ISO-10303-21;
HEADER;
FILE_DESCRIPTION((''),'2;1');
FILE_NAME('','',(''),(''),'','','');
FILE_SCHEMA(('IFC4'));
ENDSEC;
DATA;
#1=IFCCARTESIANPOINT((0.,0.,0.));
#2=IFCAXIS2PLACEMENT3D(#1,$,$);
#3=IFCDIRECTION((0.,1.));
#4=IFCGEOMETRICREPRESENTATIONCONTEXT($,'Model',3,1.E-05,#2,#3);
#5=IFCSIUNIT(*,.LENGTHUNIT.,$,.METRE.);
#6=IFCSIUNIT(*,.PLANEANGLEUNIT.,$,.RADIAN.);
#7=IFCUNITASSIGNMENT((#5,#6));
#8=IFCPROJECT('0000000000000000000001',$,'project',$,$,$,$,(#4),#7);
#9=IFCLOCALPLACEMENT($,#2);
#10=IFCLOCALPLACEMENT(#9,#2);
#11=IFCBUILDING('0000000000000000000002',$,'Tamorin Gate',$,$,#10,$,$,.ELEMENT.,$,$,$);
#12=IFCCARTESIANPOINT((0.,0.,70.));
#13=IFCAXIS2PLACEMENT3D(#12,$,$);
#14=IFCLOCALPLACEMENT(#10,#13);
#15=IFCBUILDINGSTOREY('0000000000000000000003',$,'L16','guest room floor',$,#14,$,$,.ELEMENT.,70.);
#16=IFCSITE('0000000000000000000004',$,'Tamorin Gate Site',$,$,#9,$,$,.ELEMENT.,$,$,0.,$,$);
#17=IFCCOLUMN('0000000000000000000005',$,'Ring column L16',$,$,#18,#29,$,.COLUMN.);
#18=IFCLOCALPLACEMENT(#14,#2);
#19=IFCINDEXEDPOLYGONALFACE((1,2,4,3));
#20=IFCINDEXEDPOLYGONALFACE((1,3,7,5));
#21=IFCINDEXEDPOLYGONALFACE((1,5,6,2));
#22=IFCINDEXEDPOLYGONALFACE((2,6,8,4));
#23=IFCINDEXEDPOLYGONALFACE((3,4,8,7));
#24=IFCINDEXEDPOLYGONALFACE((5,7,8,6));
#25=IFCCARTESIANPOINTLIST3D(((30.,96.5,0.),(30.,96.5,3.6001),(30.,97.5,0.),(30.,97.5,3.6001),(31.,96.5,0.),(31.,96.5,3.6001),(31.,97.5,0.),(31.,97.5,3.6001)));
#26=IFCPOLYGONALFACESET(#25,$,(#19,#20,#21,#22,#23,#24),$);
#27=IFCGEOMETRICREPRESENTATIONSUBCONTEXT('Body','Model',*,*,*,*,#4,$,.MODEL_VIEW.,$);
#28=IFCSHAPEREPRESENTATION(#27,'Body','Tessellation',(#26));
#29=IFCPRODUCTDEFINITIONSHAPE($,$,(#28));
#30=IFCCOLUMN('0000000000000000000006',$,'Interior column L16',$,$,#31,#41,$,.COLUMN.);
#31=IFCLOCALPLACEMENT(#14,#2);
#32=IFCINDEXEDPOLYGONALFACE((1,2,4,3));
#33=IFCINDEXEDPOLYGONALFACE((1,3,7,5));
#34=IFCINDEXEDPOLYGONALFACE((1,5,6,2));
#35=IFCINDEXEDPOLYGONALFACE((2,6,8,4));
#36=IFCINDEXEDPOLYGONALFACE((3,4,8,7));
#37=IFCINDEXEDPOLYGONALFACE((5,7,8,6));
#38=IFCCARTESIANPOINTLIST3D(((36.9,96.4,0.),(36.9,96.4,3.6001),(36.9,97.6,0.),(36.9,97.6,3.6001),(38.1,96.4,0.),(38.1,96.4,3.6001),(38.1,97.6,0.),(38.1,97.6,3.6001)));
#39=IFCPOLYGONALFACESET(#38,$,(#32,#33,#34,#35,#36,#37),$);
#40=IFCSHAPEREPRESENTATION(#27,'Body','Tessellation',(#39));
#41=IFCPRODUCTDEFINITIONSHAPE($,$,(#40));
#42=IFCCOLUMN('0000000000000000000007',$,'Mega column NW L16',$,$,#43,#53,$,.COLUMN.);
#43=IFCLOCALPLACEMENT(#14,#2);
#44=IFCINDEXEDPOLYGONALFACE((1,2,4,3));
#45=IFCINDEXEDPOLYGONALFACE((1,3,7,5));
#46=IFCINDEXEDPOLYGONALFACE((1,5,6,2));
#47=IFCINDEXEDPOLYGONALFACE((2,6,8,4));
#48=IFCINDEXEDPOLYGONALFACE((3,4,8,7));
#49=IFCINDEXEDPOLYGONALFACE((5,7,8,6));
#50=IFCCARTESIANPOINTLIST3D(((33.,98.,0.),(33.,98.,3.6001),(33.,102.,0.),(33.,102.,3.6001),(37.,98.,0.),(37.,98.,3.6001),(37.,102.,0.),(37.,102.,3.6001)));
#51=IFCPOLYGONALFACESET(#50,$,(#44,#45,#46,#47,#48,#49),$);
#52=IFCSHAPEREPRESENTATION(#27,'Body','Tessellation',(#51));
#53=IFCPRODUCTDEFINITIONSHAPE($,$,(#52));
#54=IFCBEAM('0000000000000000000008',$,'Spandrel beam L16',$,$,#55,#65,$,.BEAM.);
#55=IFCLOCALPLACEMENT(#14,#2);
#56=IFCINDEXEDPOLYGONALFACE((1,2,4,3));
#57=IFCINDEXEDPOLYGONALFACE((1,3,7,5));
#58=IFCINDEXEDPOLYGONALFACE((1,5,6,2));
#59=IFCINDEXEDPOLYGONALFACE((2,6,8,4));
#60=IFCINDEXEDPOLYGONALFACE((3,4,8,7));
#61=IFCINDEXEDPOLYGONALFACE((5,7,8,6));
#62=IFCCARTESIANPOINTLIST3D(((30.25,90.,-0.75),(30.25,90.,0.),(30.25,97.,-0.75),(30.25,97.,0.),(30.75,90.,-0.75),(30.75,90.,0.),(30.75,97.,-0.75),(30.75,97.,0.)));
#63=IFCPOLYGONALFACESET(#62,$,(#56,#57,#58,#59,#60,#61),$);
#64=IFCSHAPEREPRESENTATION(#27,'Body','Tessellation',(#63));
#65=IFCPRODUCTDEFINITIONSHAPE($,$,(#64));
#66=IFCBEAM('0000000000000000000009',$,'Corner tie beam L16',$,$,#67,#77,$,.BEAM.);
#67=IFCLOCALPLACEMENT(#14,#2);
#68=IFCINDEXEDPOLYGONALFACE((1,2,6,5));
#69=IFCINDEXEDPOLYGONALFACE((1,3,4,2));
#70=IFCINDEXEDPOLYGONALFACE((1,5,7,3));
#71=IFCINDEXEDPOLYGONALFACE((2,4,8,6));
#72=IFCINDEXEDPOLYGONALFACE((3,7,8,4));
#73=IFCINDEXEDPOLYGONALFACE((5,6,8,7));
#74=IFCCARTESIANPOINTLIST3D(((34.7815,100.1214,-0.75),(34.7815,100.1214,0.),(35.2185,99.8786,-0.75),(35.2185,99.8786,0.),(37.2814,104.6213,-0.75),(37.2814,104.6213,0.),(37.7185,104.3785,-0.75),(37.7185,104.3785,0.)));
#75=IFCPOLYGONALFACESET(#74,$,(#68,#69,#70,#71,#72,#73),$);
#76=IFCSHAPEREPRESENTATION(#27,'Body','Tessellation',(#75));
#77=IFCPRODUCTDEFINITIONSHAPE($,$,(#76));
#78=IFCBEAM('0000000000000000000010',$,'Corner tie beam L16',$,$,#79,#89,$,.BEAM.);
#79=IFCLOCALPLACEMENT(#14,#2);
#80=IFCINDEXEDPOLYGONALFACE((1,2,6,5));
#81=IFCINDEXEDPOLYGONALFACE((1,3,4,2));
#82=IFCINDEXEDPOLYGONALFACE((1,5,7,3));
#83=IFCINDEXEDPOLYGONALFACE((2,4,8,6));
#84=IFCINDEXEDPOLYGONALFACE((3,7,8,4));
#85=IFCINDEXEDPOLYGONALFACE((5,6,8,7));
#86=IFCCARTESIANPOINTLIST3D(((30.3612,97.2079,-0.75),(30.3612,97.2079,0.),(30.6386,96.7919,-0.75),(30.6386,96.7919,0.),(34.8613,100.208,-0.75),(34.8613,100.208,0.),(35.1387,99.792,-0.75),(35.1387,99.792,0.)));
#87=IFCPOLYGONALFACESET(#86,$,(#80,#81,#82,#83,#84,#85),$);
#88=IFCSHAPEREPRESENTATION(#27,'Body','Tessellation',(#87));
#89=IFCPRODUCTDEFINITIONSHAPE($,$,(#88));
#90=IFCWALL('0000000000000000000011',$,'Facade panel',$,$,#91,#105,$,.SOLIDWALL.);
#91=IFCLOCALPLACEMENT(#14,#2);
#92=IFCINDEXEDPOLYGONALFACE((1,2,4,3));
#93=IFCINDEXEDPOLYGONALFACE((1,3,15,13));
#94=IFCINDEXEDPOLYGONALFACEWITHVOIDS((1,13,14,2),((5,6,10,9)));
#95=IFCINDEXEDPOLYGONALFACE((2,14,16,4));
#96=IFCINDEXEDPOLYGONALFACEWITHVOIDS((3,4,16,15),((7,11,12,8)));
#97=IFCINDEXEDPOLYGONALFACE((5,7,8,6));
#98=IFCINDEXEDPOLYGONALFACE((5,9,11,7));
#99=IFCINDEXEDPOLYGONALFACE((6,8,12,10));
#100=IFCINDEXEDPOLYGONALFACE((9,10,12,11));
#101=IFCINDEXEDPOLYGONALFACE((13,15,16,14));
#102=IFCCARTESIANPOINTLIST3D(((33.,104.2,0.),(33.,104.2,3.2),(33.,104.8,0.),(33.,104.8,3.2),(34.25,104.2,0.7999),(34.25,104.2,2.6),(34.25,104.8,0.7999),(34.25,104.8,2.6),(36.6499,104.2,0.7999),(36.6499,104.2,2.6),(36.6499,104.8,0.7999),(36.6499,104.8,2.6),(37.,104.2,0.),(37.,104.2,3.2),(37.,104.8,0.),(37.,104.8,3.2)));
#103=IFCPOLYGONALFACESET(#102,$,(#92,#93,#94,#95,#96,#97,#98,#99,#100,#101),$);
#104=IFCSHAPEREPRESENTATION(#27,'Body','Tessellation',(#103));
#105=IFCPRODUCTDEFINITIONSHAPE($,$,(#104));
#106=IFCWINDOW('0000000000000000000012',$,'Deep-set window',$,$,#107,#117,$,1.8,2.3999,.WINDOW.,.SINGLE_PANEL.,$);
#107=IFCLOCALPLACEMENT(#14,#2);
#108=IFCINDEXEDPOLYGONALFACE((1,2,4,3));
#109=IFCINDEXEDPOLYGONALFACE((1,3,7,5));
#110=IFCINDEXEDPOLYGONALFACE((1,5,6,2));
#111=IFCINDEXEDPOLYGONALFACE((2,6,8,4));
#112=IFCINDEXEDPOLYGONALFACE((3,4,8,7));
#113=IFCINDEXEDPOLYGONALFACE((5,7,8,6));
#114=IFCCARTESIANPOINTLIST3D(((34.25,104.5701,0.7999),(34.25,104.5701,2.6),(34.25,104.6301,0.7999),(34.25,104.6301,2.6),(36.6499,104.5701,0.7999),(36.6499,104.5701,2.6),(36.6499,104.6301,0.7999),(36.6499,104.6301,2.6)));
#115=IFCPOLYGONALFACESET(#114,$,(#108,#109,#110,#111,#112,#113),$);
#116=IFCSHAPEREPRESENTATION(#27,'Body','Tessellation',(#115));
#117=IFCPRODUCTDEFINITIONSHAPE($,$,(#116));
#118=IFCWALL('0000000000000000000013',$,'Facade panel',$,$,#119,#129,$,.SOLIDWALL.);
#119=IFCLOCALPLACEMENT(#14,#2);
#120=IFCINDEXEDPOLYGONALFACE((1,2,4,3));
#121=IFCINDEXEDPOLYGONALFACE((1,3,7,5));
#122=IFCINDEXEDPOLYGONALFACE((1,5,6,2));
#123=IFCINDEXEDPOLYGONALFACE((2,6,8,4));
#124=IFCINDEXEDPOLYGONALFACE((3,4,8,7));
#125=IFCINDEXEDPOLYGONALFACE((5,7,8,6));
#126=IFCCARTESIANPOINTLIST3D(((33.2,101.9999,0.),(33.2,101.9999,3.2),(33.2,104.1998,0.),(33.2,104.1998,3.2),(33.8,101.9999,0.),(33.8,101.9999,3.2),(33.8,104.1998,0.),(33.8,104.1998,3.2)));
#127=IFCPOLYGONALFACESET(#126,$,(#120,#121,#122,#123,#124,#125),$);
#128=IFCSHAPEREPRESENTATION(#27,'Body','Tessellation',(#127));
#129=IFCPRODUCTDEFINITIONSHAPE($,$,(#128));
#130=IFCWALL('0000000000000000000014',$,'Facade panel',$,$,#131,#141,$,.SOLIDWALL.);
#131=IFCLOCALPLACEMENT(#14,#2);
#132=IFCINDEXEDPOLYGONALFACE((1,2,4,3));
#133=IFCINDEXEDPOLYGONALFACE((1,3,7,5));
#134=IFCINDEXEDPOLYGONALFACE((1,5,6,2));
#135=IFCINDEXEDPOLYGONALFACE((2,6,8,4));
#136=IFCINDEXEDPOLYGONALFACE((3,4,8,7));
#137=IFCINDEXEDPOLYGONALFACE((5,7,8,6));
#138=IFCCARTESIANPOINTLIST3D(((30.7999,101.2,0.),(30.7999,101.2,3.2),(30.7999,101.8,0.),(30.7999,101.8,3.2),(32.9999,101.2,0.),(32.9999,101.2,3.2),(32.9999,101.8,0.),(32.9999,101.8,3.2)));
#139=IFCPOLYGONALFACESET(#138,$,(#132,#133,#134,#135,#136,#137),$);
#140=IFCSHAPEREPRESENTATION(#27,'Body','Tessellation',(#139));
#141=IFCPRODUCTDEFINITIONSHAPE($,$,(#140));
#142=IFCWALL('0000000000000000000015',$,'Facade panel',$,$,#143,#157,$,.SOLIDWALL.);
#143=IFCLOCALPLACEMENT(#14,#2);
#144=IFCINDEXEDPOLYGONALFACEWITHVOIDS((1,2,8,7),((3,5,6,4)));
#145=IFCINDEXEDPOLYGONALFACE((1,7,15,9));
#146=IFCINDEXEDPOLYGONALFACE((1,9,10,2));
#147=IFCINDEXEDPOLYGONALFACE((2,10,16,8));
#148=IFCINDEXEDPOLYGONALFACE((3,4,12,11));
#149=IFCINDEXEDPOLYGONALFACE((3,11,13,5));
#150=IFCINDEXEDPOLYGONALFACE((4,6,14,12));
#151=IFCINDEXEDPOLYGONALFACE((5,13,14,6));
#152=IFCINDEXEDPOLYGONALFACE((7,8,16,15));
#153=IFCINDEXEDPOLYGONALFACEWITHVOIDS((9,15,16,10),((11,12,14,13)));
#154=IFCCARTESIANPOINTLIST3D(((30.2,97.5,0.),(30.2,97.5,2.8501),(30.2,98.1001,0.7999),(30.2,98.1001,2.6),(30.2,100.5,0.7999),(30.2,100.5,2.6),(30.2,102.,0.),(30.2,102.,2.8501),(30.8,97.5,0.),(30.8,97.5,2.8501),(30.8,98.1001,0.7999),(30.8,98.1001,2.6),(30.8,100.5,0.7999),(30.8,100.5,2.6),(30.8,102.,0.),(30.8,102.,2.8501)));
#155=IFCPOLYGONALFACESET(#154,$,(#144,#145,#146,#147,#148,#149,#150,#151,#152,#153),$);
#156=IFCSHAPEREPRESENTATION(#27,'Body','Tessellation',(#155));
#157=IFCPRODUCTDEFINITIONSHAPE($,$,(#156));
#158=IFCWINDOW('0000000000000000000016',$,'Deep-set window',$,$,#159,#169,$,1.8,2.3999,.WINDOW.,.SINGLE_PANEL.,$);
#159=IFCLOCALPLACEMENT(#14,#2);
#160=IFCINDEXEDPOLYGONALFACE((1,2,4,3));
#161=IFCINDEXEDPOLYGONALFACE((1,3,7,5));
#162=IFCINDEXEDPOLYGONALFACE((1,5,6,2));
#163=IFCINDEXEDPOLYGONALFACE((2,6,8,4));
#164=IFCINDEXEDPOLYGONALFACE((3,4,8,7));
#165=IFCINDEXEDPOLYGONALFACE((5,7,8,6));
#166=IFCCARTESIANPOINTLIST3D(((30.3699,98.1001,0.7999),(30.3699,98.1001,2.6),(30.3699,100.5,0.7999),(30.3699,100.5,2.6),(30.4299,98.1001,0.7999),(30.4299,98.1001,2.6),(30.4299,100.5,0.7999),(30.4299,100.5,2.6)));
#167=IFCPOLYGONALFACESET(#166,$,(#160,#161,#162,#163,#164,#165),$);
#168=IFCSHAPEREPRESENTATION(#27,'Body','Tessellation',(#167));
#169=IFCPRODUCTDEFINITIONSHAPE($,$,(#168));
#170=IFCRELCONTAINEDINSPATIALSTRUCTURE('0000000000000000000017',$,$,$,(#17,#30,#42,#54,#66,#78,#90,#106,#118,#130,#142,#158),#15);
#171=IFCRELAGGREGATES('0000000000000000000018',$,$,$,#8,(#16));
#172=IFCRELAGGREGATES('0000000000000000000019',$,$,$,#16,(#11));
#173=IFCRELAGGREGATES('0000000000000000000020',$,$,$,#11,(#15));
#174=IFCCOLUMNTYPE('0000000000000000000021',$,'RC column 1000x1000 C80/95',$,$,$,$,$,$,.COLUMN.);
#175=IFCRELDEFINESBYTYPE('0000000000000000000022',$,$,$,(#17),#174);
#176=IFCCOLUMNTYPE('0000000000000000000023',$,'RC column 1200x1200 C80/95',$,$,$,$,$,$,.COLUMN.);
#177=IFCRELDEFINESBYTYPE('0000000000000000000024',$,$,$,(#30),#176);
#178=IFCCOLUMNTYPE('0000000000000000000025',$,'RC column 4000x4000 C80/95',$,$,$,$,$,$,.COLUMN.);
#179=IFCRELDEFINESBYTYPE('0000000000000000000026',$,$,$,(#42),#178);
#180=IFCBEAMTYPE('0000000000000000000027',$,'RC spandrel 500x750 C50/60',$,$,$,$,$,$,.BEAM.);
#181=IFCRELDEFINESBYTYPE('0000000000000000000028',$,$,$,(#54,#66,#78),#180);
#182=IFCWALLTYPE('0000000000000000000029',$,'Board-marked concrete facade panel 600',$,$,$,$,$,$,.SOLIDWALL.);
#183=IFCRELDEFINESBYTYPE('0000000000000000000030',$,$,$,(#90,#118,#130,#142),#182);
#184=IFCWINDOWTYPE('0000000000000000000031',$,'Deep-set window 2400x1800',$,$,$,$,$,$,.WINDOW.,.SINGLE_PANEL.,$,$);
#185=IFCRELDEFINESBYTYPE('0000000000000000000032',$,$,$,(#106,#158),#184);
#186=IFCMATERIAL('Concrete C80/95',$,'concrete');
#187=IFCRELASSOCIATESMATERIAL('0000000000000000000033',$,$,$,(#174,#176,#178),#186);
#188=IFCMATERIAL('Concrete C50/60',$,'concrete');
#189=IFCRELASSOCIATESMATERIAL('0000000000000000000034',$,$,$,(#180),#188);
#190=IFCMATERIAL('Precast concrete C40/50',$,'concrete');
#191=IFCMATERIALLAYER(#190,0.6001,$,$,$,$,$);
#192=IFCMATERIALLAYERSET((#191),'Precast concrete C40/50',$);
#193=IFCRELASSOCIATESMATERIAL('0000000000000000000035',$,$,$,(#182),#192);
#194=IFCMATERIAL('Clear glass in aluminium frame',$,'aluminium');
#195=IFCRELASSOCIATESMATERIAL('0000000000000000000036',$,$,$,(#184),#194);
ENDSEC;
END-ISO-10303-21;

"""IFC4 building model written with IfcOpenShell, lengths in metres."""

from ifc_helpers import new_model, si_unit, direction, frame, frame_2d, origin, origin_2d, place, context, subcontext, project, spatial, rectangle, extrude, material, layer, layer_set, material_profile, profile_set, type_object, element, fill, save


model = new_model("IFC4")

# Units and contexts
model_context = context("Model", 3, precision=1e-05, world=origin(), true_north=direction((0.0, 1.0)))
body_context = subcontext(model_context, "Body", "Model", "MODEL_VIEW")
ifc_project = project(units=[si_unit("LENGTHUNIT", "METRE"), si_unit("PLANEANGLEUNIT", "RADIAN")], contexts=[model_context])

# Site, building, storey
site_placement = place(None, origin())
site = spatial("IfcSite", under=ifc_project, at=site_placement, Name="Tamorin Gate Site", CompositionType="ELEMENT", RefElevation=0.0)
building_placement = place(site_placement, origin())
building = spatial("IfcBuilding", under=site, at=building_placement, Name="Tamorin Gate", CompositionType="ELEMENT")
storey_placement = place(building_placement, frame((0.0, 0.0, 70.0)))
storey = spatial("IfcBuildingStorey", under=building, at=storey_placement, Name="L16", Description="guest room floor", CompositionType="ELEMENT", Elevation=70.0)

# Columns
ifc_material_1 = material(Name="Concrete C80/95", Category="concrete")
ifc_material_profile_1 = material_profile(ifc_material_1, rectangle(XDim=1.0, YDim=1.0, at=origin_2d()), Name="RC 1000x1000")
ifc_profile_set_1 = profile_set([ifc_material_profile_1], Name="Concrete C80/95")
column_type_1 = type_object("IfcColumnType", Name="RC column 1000x1000 C80/95", PredefinedType="COLUMN", material=ifc_profile_set_1)
column_1_placement = place(storey_placement, frame((30.5, 97.0, 0.0), z_axis=(0.0, 0.0, 1.0), x_axis=(1.0, 0.0, 0.0)))
element("IfcColumn", 1, at=column_1_placement, inside=storey, type_object=column_type_1, Name="Ring column L16", PredefinedType="COLUMN", context=body_context, shape_type="SweptSolid", body=[
    extrude(rectangle(XDim=1.0, YDim=1.0, at=origin_2d()), origin(), (0.0, 0.0, 1.0), 3.6001),
])
ifc_material_profile_2 = material_profile(ifc_material_1, rectangle(XDim=1.2, YDim=1.2, at=origin_2d()), Name="RC 1200x1200")
ifc_profile_set_2 = profile_set([ifc_material_profile_2], Name="Concrete C80/95")
column_type_2 = type_object("IfcColumnType", Name="RC column 1200x1200 C80/95", PredefinedType="COLUMN", material=ifc_profile_set_2)
column_2_placement = place(storey_placement, frame((37.5, 97.0, 0.0), z_axis=(0.0, 0.0, 1.0), x_axis=(1.0, 0.0, 0.0)))
element("IfcColumn", 2, at=column_2_placement, inside=storey, type_object=column_type_2, Name="Interior column L16", PredefinedType="COLUMN", context=body_context, shape_type="SweptSolid", body=[
    extrude(rectangle(XDim=1.2, YDim=1.2, at=origin_2d()), origin(), (0.0, 0.0, 1.0), 3.6001),
])
ifc_material_profile_3 = material_profile(ifc_material_1, rectangle(XDim=4.0, YDim=4.0, at=origin_2d()), Name="RC 4000x4000")
ifc_profile_set_3 = profile_set([ifc_material_profile_3], Name="Concrete C80/95")
column_type_3 = type_object("IfcColumnType", Name="RC column 4000x4000 C80/95", PredefinedType="COLUMN", material=ifc_profile_set_3)
column_3_placement = place(storey_placement, frame((35.0, 100.0, 0.0), z_axis=(0.0, 0.0, 1.0), x_axis=(1.0, 0.0, 0.0)))
element("IfcColumn", 3, at=column_3_placement, inside=storey, type_object=column_type_3, Name="Mega column NW L16", PredefinedType="COLUMN", context=body_context, shape_type="SweptSolid", body=[
    extrude(rectangle(XDim=4.0, YDim=4.0, at=origin_2d()), origin(), (0.0, 0.0, 1.0), 3.6001),
])

# Beams
ifc_material_2 = material(Name="Concrete C50/60", Category="concrete")
ifc_material_profile_4 = material_profile(ifc_material_2, rectangle(XDim=0.5, YDim=0.75, at=origin_2d()), Name="RC 500x750")
ifc_profile_set_4 = profile_set([ifc_material_profile_4], Name="Concrete C50/60")
beam_type = type_object("IfcBeamType", Name="RC spandrel 500x750 C50/60", PredefinedType="BEAM", material=ifc_profile_set_4)
beam_1_placement = place(storey_placement, frame((30.5, 97.0, -0.375), z_axis=(0.0, -1.0, 0.0), x_axis=(1.0, 0.0, 0.0)))
element("IfcBeam", 4, at=beam_1_placement, inside=storey, type_object=beam_type, Name="Spandrel beam L16", PredefinedType="BEAM", context=body_context, shape_type="SweptSolid", body=[
    extrude(rectangle(XDim=0.5, YDim=0.75, at=origin_2d()), origin(), (0.0, 0.0, 1.0), 7.0),
])
beam_2_placement = place(storey_placement, frame((35.0, 100.0, -0.375), z_axis=(0.485643, 0.874157, 0.0), x_axis=(-0.874157, 0.485643, 0.0)))
element("IfcBeam", 5, at=beam_2_placement, inside=storey, type_object=beam_type, Name="Corner tie beam L16", PredefinedType="BEAM", context=body_context, shape_type="SweptSolid", body=[
    extrude(rectangle(XDim=0.5, YDim=0.75, at=origin_2d()), origin(), (0.0, 0.0, 1.0), 5.1477),
])
beam_3_placement = place(storey_placement, frame((35.0, 100.0, -0.375), z_axis=(-0.83205, -0.5547, 0.0), x_axis=(0.5547, -0.83205, 0.0)))
element("IfcBeam", 6, at=beam_3_placement, inside=storey, type_object=beam_type, Name="Corner tie beam L16", PredefinedType="BEAM", context=body_context, shape_type="SweptSolid", body=[
    extrude(rectangle(XDim=0.5, YDim=0.75, at=origin_2d()), origin(), (0.0, 0.0, 1.0), 5.4084),
])

# Wall, opening, window
ifc_material_3 = material(Name="Precast concrete C40/50", Category="concrete")
ifc_layer_1 = layer(ifc_material_3, 0.6001)
ifc_layer_set_1 = layer_set([ifc_layer_1], Name="Precast concrete C40/50")
wall_type_1 = type_object("IfcWallType", Name="Board-marked concrete facade panel 600", PredefinedType="SOLIDWALL", material=ifc_layer_set_1)
wall_1_placement = place(storey_placement, frame((37.0, 104.5, 0.0), z_axis=(0.0, 0.0, 1.0), x_axis=(-1.0, 0.0, 0.0)))
wall_1 = element("IfcWall", 7, at=wall_1_placement, inside=storey, type_object=wall_type_1, Name="Facade panel", PredefinedType="SOLIDWALL", context=body_context, shape_type="SweptSolid", body=[
    extrude(rectangle(XDim=4.0, YDim=0.6001, at=frame_2d((2.0, 0.0))), origin(), (0.0, 0.0, 1.0), 3.2),
])
opening_1_placement = place(wall_1_placement, frame((0.3501, 0.0, 0.8)))
opening_1 = element("IfcOpeningElement", 8, at=opening_1_placement, cuts=wall_1, PredefinedType="OPENING", context=body_context, shape_type="SweptSolid", body=[
    extrude(rectangle(XDim=2.3999, YDim=1.8, at=frame_2d((1.2, 0.8999))), frame((0.0, 0.3101, 0.0), z_axis=(0.0, -1.0, 0.0), x_axis=(1.0, 0.0, 0.0)), (0.0, 0.0, 1.0), 0.6201),
])
ifc_material_4 = material(Name="Clear glass in aluminium frame", Category="aluminium")
window_type = type_object("IfcWindowType", Name="Deep-set window 2400x1800", PartitioningType="SINGLE_PANEL", PredefinedType="WINDOW", material=ifc_material_4)
window_1_placement = place(opening_1_placement, origin())
window_1 = element("IfcWindow", 9, at=window_1_placement, inside=storey, type_object=window_type, Name="Deep-set window", OverallHeight=1.8, OverallWidth=2.3999, PartitioningType="SINGLE_PANEL", PredefinedType="WINDOW", context=body_context, shape_type="SweptSolid", body=[
    extrude(rectangle(XDim=2.3999, YDim=1.8, at=frame_2d((1.2, 0.8999))), frame((0.0, -0.0701, 0.0), z_axis=(0.0, -1.0, 0.0), x_axis=(1.0, 0.0, 0.0)), (0.0, 0.0, 1.0), 0.0601),
])
fill(opening_1, window_1)

# Walls
for number, where, z_axis, x_axis, name in (
    (10, (33.5, 104.2, 0.0), (0.0, 0.0, 1.0), (0.0, -1.0, 0.0), "Facade panel"),
    (11, (33.0, 101.5, 0.0), (0.0, 0.0, 1.0), (-1.0, 0.0, 0.0), "Facade panel"),
):
    element("IfcWall", number, at=place(storey_placement, frame(where, z_axis=z_axis, x_axis=x_axis)), inside=storey, type_object=wall_type_1, Name=name, PredefinedType="SOLIDWALL", context=body_context, shape_type="SweptSolid", body=[
        extrude(rectangle(XDim=2.2, YDim=0.6001, at=frame_2d((1.1001, 0.0))), origin(), (0.0, 0.0, 1.0), 3.2),
    ])

# Wall, opening, window
wall_2_placement = place(storey_placement, frame((30.5, 102.0, 0.0), z_axis=(0.0, 0.0, 1.0), x_axis=(0.0, -1.0, 0.0)))
wall_2 = element("IfcWall", 12, at=wall_2_placement, inside=storey, type_object=wall_type_1, Name="Facade panel", PredefinedType="SOLIDWALL", context=body_context, shape_type="SweptSolid", body=[
    extrude(rectangle(XDim=4.5, YDim=0.6001, at=frame_2d((2.25, 0.0))), origin(), (0.0, 0.0, 1.0), 2.8501),
])
opening_2_placement = place(wall_2_placement, frame((1.5, 0.0, 0.8)))
opening_2 = element("IfcOpeningElement", 13, at=opening_2_placement, cuts=wall_2, PredefinedType="OPENING", context=body_context, shape_type="SweptSolid", body=[
    extrude(rectangle(XDim=2.3999, YDim=1.8, at=frame_2d((1.2, 0.8999))), frame((0.0, 0.3101, 0.0), z_axis=(0.0, -1.0, 0.0), x_axis=(1.0, 0.0, 0.0)), (0.0, 0.0, 1.0), 0.6201),
])
window_2_placement = place(opening_2_placement, origin())
window_2 = element("IfcWindow", 14, at=window_2_placement, inside=storey, type_object=window_type, Name="Deep-set window", OverallHeight=1.8, OverallWidth=2.3999, PartitioningType="SINGLE_PANEL", PredefinedType="WINDOW", context=body_context, shape_type="SweptSolid", body=[
    extrude(rectangle(XDim=2.3999, YDim=1.8, at=frame_2d((1.2, 0.8999))), frame((0.0, -0.0701, 0.0), z_axis=(0.0, -1.0, 0.0), x_axis=(1.0, 0.0, 0.0)), (0.0, 0.0, 1.0), 0.0601),
])
fill(opening_2, window_2)

save(model, "model.ifc")
